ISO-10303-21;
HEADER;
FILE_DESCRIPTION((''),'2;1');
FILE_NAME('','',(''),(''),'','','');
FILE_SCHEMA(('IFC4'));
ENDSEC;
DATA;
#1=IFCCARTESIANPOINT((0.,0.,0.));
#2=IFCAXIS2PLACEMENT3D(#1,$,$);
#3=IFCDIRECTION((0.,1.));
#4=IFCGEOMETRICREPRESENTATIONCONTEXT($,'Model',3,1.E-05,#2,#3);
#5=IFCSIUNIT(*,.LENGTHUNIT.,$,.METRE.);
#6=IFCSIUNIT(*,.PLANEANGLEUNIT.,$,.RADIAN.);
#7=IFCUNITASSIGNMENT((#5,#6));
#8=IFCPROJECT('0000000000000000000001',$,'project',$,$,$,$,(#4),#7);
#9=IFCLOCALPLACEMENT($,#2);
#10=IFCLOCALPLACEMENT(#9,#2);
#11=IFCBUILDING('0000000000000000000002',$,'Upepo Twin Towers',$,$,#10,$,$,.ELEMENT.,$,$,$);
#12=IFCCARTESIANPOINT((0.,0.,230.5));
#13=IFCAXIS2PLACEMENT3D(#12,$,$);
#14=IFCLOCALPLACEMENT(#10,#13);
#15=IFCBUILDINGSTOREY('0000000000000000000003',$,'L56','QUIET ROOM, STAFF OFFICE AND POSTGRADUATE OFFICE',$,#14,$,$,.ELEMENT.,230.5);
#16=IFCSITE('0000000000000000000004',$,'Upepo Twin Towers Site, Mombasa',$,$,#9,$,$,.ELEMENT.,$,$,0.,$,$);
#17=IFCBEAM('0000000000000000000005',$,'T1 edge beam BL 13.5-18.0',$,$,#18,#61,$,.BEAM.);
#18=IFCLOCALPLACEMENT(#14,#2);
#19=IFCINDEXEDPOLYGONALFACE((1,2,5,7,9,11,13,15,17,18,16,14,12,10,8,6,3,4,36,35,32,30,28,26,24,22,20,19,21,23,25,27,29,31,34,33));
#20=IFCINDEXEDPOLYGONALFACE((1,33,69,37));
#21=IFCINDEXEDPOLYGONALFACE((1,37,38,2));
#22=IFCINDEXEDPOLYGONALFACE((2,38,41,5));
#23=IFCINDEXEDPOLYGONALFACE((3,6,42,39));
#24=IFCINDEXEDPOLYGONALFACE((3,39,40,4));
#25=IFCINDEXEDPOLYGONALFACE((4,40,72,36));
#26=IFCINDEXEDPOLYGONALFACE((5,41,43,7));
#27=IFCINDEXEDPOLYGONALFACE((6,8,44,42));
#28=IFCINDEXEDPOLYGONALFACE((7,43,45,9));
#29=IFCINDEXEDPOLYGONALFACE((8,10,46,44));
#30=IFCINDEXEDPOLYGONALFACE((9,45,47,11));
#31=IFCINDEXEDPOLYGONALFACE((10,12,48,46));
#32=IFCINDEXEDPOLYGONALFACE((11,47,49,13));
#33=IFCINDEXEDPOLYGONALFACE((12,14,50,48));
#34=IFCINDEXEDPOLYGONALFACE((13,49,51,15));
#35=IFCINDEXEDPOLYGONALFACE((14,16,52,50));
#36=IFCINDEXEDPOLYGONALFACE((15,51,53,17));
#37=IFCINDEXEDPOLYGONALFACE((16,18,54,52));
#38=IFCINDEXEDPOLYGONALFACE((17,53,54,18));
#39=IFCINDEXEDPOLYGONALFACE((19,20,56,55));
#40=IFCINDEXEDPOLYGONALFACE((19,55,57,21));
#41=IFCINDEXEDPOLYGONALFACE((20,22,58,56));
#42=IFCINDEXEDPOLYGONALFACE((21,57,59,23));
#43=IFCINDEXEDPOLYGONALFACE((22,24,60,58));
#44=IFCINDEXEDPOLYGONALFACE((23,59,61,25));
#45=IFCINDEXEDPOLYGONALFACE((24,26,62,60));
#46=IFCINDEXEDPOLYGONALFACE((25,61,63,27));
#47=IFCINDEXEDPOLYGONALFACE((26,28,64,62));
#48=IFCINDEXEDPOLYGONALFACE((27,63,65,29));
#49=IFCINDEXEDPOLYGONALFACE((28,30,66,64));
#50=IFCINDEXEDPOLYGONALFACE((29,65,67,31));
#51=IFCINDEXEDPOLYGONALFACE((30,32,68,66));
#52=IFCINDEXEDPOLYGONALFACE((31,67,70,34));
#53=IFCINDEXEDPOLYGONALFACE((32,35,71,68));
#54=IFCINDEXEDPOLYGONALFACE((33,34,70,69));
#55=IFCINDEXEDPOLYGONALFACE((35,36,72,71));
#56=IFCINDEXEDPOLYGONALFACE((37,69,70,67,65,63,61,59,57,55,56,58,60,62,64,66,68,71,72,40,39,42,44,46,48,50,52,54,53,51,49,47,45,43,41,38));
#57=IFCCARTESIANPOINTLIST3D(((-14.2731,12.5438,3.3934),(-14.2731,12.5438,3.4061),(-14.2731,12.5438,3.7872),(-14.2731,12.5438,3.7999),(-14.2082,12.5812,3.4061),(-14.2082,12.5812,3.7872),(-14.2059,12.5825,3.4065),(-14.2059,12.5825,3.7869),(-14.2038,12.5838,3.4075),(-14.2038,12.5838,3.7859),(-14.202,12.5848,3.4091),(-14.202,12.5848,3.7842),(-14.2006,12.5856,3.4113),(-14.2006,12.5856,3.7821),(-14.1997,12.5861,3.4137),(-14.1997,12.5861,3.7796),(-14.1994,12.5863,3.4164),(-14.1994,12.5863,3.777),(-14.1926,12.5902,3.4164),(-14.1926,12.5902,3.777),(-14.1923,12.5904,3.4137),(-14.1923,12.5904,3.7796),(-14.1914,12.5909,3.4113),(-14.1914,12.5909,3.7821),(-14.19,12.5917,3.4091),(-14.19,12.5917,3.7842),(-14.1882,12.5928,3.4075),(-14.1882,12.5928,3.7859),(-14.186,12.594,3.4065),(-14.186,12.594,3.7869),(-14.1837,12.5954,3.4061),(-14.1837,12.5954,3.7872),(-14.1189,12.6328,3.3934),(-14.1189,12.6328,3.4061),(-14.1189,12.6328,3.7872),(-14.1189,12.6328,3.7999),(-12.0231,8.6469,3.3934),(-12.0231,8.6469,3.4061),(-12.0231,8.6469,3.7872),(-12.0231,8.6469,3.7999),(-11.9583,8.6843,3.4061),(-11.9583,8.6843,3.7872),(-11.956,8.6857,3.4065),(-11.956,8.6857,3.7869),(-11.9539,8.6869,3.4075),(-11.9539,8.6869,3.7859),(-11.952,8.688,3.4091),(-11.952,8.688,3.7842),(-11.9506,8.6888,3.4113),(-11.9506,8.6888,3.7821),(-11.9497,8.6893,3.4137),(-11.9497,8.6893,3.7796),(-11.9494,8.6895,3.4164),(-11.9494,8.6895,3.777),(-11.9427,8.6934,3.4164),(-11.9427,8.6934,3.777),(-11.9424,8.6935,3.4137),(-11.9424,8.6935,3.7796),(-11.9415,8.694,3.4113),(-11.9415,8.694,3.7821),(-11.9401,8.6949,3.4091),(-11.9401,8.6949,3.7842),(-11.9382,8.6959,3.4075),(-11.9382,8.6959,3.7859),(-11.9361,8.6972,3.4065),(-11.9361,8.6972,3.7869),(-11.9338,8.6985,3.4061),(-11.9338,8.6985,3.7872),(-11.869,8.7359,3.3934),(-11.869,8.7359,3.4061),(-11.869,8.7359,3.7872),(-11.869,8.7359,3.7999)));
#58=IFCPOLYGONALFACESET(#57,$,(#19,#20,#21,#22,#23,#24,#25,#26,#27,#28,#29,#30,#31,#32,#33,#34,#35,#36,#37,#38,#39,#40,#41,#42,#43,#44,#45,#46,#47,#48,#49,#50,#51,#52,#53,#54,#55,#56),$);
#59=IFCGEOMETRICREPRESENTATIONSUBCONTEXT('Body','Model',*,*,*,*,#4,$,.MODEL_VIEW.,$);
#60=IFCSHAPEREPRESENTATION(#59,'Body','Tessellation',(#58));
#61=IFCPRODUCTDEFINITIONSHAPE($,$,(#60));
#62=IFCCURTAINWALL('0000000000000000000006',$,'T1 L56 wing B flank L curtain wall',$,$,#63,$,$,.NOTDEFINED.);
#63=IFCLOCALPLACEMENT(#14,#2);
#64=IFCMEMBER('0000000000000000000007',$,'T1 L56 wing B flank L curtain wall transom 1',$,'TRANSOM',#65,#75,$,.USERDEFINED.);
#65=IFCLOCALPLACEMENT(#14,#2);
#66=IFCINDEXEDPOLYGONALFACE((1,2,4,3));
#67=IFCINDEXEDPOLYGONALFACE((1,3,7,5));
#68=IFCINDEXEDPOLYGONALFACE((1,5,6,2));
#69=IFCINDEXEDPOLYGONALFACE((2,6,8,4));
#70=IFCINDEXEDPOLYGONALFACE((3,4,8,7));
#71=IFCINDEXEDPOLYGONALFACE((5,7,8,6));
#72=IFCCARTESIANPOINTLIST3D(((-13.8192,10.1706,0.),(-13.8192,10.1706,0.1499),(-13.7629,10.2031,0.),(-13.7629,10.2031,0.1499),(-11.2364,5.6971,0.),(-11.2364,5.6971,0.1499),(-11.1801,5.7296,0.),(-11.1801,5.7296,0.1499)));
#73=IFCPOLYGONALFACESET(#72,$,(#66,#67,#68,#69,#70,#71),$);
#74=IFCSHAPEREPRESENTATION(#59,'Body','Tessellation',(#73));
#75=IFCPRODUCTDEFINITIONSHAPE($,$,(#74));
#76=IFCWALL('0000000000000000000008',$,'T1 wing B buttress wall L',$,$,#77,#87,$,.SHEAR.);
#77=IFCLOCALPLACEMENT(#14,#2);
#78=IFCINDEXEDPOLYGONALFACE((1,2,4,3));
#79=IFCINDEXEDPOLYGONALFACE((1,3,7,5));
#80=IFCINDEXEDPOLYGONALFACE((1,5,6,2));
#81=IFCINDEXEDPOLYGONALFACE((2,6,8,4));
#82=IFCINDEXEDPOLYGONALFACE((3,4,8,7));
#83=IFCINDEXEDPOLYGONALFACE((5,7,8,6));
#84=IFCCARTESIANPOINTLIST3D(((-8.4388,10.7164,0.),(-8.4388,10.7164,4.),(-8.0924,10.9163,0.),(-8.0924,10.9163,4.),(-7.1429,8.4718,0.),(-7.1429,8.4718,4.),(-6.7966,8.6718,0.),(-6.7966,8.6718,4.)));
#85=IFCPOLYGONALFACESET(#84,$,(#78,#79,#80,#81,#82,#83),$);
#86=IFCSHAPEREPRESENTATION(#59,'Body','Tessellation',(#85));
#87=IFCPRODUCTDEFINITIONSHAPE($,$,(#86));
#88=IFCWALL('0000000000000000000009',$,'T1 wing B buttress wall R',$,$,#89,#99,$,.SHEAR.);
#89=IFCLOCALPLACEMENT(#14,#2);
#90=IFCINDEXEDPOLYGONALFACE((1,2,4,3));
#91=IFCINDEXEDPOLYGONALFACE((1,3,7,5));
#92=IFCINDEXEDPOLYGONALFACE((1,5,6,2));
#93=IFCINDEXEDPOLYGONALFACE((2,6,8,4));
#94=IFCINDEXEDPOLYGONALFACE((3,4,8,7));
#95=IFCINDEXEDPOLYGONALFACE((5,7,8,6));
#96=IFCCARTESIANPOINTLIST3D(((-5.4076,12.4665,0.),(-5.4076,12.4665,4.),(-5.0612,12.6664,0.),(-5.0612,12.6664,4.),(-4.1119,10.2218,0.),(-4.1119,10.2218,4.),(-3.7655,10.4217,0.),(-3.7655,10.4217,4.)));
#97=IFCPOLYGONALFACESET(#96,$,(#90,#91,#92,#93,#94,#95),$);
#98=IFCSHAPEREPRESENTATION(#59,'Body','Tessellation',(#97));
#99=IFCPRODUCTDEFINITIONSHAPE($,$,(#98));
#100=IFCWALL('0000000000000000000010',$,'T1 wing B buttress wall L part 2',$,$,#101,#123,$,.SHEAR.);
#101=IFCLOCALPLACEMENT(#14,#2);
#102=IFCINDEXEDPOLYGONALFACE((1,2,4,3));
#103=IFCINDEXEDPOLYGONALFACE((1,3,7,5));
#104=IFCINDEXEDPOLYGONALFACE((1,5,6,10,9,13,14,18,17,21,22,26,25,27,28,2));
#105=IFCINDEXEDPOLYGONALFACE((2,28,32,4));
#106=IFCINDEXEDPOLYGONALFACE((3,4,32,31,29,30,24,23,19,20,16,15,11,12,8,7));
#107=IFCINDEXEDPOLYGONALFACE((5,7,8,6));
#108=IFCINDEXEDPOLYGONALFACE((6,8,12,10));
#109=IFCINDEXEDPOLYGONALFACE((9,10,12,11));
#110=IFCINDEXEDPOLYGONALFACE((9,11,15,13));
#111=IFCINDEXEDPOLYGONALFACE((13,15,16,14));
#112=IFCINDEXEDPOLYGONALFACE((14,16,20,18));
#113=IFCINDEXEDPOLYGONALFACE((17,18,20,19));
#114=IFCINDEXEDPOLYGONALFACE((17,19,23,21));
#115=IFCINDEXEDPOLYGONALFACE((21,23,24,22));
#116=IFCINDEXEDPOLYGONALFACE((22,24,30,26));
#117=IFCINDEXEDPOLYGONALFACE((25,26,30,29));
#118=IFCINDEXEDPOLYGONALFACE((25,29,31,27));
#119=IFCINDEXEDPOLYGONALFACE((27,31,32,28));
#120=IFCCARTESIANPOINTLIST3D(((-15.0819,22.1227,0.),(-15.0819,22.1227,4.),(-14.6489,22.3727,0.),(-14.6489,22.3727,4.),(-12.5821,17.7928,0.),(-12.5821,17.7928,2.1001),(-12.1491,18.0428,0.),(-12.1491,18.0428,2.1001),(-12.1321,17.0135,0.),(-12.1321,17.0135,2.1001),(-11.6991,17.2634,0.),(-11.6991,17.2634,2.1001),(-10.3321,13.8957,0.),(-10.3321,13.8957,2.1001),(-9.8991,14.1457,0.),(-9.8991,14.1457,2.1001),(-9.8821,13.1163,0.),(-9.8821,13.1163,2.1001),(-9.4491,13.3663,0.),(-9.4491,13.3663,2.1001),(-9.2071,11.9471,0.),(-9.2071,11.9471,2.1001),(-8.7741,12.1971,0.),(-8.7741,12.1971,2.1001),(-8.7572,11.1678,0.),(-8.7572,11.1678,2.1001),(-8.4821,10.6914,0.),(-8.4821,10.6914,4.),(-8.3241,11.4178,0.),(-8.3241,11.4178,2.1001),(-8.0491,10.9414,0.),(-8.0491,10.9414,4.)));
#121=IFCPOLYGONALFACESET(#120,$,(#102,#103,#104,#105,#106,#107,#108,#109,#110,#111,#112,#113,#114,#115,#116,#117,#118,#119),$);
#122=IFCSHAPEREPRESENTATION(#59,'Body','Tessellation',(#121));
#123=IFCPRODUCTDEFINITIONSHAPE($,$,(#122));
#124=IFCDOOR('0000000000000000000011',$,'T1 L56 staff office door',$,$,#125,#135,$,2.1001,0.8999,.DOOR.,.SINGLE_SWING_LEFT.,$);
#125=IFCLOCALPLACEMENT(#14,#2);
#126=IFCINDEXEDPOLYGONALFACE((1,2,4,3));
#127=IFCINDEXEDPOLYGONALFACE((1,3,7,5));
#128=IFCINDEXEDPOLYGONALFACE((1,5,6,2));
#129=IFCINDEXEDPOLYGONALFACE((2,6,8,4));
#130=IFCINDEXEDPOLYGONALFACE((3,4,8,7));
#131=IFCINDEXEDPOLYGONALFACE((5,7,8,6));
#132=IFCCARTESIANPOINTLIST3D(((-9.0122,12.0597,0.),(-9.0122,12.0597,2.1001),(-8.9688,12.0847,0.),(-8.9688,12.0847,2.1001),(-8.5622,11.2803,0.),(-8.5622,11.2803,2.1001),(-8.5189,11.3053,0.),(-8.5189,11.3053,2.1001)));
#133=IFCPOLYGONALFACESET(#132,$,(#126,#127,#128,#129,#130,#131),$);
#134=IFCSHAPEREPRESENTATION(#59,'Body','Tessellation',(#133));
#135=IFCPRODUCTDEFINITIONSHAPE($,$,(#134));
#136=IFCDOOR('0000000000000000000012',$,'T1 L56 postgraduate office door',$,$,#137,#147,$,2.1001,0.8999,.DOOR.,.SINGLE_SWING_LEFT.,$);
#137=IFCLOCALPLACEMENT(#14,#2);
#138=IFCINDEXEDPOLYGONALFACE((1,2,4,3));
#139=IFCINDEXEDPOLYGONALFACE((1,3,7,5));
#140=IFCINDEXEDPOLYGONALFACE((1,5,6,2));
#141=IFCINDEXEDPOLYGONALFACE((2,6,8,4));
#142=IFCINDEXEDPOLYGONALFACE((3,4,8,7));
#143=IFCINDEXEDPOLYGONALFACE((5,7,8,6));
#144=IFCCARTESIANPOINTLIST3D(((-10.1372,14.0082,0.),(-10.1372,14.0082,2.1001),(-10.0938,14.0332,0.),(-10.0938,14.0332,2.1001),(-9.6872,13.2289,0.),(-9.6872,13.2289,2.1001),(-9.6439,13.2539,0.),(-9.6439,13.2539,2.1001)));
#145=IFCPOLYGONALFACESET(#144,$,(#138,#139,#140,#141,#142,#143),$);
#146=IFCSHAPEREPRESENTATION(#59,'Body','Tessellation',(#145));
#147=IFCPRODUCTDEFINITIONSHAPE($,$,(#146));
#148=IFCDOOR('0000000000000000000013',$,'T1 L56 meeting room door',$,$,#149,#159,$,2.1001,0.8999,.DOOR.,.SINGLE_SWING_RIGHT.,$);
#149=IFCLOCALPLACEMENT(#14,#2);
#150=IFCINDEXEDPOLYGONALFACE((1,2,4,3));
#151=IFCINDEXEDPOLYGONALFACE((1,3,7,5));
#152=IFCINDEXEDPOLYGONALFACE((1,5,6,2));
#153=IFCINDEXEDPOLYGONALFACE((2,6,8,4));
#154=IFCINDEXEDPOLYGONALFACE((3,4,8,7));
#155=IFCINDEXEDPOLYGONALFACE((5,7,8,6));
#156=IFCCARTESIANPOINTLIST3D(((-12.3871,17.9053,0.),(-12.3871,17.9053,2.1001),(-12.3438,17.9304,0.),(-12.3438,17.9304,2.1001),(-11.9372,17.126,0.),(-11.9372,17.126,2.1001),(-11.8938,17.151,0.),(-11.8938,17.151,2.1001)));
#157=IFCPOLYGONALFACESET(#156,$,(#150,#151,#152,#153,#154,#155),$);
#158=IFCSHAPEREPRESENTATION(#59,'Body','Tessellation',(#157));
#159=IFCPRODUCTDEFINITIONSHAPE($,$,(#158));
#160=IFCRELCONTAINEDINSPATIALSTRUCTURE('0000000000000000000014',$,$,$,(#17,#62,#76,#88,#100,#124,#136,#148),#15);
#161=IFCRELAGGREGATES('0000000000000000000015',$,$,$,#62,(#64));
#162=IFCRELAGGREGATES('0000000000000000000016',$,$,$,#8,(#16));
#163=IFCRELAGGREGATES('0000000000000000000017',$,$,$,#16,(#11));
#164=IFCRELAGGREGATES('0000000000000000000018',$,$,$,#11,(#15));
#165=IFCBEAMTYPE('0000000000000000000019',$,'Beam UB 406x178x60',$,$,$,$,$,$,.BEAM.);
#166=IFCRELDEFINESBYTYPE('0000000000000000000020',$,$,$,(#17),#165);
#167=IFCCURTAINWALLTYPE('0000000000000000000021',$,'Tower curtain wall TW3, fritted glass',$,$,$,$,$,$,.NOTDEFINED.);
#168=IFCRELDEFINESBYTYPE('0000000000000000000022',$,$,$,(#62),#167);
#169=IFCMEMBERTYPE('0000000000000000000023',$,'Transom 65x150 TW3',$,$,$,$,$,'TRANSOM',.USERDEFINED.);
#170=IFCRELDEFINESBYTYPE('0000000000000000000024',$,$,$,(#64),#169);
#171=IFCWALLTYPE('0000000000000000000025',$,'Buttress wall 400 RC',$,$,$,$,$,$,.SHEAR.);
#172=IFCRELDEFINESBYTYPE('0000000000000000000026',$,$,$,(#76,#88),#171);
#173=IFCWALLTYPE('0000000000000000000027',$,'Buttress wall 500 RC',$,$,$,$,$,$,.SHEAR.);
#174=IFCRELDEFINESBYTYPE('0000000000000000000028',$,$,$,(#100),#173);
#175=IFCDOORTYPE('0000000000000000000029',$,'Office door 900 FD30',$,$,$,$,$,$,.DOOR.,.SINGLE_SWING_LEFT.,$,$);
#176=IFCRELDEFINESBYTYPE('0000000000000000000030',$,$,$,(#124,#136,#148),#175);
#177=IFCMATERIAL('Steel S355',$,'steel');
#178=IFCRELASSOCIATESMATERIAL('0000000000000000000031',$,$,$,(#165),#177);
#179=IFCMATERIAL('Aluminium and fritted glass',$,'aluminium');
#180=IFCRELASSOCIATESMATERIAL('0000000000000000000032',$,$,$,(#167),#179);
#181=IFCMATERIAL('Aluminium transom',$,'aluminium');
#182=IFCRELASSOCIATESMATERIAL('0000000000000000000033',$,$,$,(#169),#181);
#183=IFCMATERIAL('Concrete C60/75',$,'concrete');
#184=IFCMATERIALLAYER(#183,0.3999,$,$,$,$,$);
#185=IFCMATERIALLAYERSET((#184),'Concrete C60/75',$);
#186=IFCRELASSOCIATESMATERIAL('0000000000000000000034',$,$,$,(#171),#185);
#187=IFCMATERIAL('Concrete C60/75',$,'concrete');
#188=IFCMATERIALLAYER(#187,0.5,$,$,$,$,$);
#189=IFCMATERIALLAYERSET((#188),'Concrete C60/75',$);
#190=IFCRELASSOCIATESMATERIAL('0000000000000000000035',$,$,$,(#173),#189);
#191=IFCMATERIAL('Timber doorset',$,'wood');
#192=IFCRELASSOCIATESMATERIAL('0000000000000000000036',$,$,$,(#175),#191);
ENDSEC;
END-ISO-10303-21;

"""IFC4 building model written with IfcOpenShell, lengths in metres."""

from ifc_helpers import new_model, si_unit, direction, frame, frame_2d, origin, origin_2d, place, context, subcontext, project, spatial, rectangle, i_section, extrude, material, layer, layer_set, material_profile, profile_set, type_object, element, fill, aggregate, save


model = new_model("IFC4")

# Units and contexts
model_context = context("Model", 3, precision=1e-05, world=origin(), true_north=direction((0.0, 1.0)))
body_context = subcontext(model_context, "Body", "Model", "MODEL_VIEW")
ifc_project = project(units=[si_unit("LENGTHUNIT", "METRE"), si_unit("PLANEANGLEUNIT", "RADIAN")], contexts=[model_context])

# Site, building, storey
site_placement = place(None, origin())
site = spatial("IfcSite", under=ifc_project, at=site_placement, Name="Upepo Twin Towers Site, Mombasa", CompositionType="ELEMENT", RefElevation=0.0)
building_placement = place(site_placement, origin())
building = spatial("IfcBuilding", under=site, at=building_placement, Name="Upepo Twin Towers", CompositionType="ELEMENT")
storey_placement = place(building_placement, frame((0.0, 0.0, 230.5)))
storey = spatial("IfcBuildingStorey", under=building, at=storey_placement, Name="L56", Description="QUIET ROOM, STAFF OFFICE AND POSTGRADUATE OFFICE", CompositionType="ELEMENT", Elevation=230.5)

# Beam
ifc_material_1 = material(Name="Steel S355", Category="steel")
ifc_material_profile_1 = material_profile(ifc_material_1, i_section(OverallWidth=0.178, OverallDepth=0.4065, WebThickness=0.0078, FlangeThickness=0.0127, FilletRadius=0.0103, at=origin_2d()), Name="UB 406x178x60")
ifc_profile_set_1 = profile_set([ifc_material_profile_1], Name="Steel S355")
beam_type = type_object("IfcBeamType", Name="Beam UB 406x178x60", PredefinedType="BEAM", material=ifc_profile_set_1)
beam_placement = place(storey_placement, frame((-11.946, 8.6914, 3.5967), z_axis=(-0.500014, 0.866018, 0.0), x_axis=(-0.866018, -0.500014, 0.0)))
element("IfcBeam", 1, at=beam_placement, inside=storey, type_object=beam_type, Name="T1 edge beam BL 13.5-18.0", PredefinedType="BEAM", context=body_context, shape_type="SweptSolid", body=[
    extrude(i_section(OverallWidth=0.178, OverallDepth=0.4065, WebThickness=0.0078, FlangeThickness=0.0127, FilletRadius=0.0103, at=origin_2d()), origin(), (0.0, 0.0, 1.0), 4.4998),
])

# Curtain wall, member
ifc_material_2 = material(Name="Aluminium and fritted glass", Category="aluminium")
curtain_wall_type = type_object("IfcCurtainWallType", Name="Tower curtain wall TW3, fritted glass", PredefinedType="NOTDEFINED", material=ifc_material_2)
curtain_wall_placement = place(storey_placement, origin())
curtain_wall = element("IfcCurtainWall", 2, at=curtain_wall_placement, inside=storey, type_object=curtain_wall_type, Name="T1 L56 wing B flank L curtain wall", PredefinedType="NOTDEFINED")
ifc_material_3 = material(Name="Aluminium transom", Category="aluminium")
ifc_material_profile_2 = material_profile(ifc_material_3, rectangle(XDim=0.0649, YDim=0.1499, at=origin_2d()), Name="TRANSOM 65x150")
ifc_profile_set_2 = profile_set([ifc_material_profile_2], Name="Aluminium transom")
member_type = type_object("IfcMemberType", Name="Transom 65x150 TW3", ElementType="TRANSOM", PredefinedType="USERDEFINED", material=ifc_profile_set_2)
member_placement = place(storey_placement, frame((-11.2083, 5.7134, 0.075), z_axis=(-0.500007, 0.866021, 0.0), x_axis=(-0.866021, -0.500007, 0.0)))
member = element("IfcMember", 3, at=member_placement, type_object=member_type, Name="T1 L56 wing B flank L curtain wall transom 1", ObjectType="TRANSOM", PredefinedType="USERDEFINED", context=body_context, shape_type="SweptSolid", body=[
    extrude(rectangle(XDim=0.0649, YDim=0.1499, at=origin_2d()), origin(), (0.0, 0.0, 1.0), 5.1655),
])
aggregate(curtain_wall, [member])

# Walls
ifc_material_4 = material(Name="Concrete C60/75", Category="concrete")
ifc_layer_1 = layer(ifc_material_4, 0.3999)
ifc_layer_set_1 = layer_set([ifc_layer_1], Name="Concrete C60/75")
wall_type_1 = type_object("IfcWallType", Name="Buttress wall 400 RC", PredefinedType="SHEAR", material=ifc_layer_set_1)
for number, where, z_axis, x_axis, name in (
    (4, (-6.9697, 8.5718, 0.0), (0.0, 0.0, 1.0), (-0.499989, 0.866032, 0.0), "T1 wing B buttress wall L"),
    (5, (-3.9387, 10.3218, 0.0), (0.0, 0.0, 1.0), (-0.499918, 0.866073, 0.0), "T1 wing B buttress wall R"),
):
    element("IfcWall", number, at=place(storey_placement, frame(where, z_axis=z_axis, x_axis=x_axis)), inside=storey, type_object=wall_type_1, Name=name, PredefinedType="SHEAR", context=body_context, shape_type="SweptSolid", body=[
        extrude(rectangle(XDim=2.5918, YDim=0.3999, at=frame_2d((1.2959, 0.0))), origin(), (0.0, 0.0, 1.0), 4.0),
    ])

# Wall, openings, doors
ifc_material_5 = material(Name="Concrete C60/75", Category="concrete")
ifc_layer_2 = layer(ifc_material_5, 0.5)
ifc_layer_set_2 = layer_set([ifc_layer_2], Name="Concrete C60/75")
wall_type_2 = type_object("IfcWallType", Name="Buttress wall 500 RC", PredefinedType="SHEAR", material=ifc_layer_set_2)
wall_1_placement = place(storey_placement, frame((-8.2656, 10.8164, 0.0), z_axis=(0.0, 0.0, 1.0), x_axis=(-0.499996, 0.866028, 0.0)))
wall_1 = element("IfcWall", 6, at=wall_1_placement, inside=storey, type_object=wall_type_2, Name="T1 wing B buttress wall L part 2", PredefinedType="SHEAR", context=body_context, shape_type="SweptSolid", body=[
    extrude(rectangle(XDim=13.1997, YDim=0.5, at=frame_2d((6.5999, 0.0))), origin(), (0.0, 0.0, 1.0), 4.0),
])
opening_1_placement = place(wall_1_placement, frame((0.55, 0.0, 0.0)))
opening_1 = element("IfcOpeningElement", 7, at=opening_1_placement, cuts=wall_1, PredefinedType="OPENING", context=body_context, shape_type="SweptSolid", body=[
    extrude(rectangle(XDim=0.8999, YDim=2.1001, at=frame_2d((0.45, 1.05))), frame((0.0, 0.26, 0.0), z_axis=(0.0, -1.0, 0.0), x_axis=(1.0, 0.0, 0.0)), (0.0, 0.0, 1.0), 0.52),
])
opening_2_placement = place(wall_1_placement, frame((2.8, 0.0, 0.0)))
opening_2 = element("IfcOpeningElement", 8, at=opening_2_placement, cuts=wall_1, PredefinedType="OPENING", context=body_context, shape_type="SweptSolid", body=[
    extrude(rectangle(XDim=0.8999, YDim=2.1001, at=frame_2d((0.45, 1.05))), frame((0.0, 0.26, 0.0), z_axis=(0.0, -1.0, 0.0), x_axis=(1.0, 0.0, 0.0)), (0.0, 0.0, 1.0), 0.52),
])
opening_3_placement = place(wall_1_placement, frame((7.3, 0.0, 0.0)))
opening_3 = element("IfcOpeningElement", 9, at=opening_3_placement, cuts=wall_1, PredefinedType="OPENING", context=body_context, shape_type="SweptSolid", body=[
    extrude(rectangle(XDim=0.8999, YDim=2.1001, at=frame_2d((0.45, 1.05))), frame((0.0, 0.26, 0.0), z_axis=(0.0, -1.0, 0.0), x_axis=(1.0, 0.0, 0.0)), (0.0, 0.0, 1.0), 0.52),
])
ifc_material_6 = material(Name="Timber doorset", Category="wood")
door_type_1 = type_object("IfcDoorType", Name="Office door 900 FD30", OperationType="SINGLE_SWING_LEFT", PredefinedType="DOOR", material=ifc_material_6)
door_1_placement = place(opening_1_placement, origin())
door_1 = element("IfcDoor", 10, at=door_1_placement, inside=storey, type_object=door_type_1, Name="T1 L56 staff office door", OperationType="SINGLE_SWING_LEFT", OverallHeight=2.1001, OverallWidth=0.8999, PredefinedType="DOOR", context=body_context, shape_type="SweptSolid", body=[
    extrude(rectangle(XDim=0.8999, YDim=2.1001, at=frame_2d((0.45, 1.05))), frame((0.0, 0.0249, 0.0), z_axis=(0.0, -1.0, 0.0), x_axis=(1.0, 0.0, 0.0)), (0.0, 0.0, 1.0), 0.05),
])
fill(opening_1, door_1)
door_2_placement = place(opening_2_placement, origin())
door_2 = element("IfcDoor", 11, at=door_2_placement, inside=storey, type_object=door_type_1, Name="T1 L56 postgraduate office door", OperationType="SINGLE_SWING_LEFT", OverallHeight=2.1001, OverallWidth=0.8999, PredefinedType="DOOR", context=body_context, shape_type="SweptSolid", body=[
    extrude(rectangle(XDim=0.8999, YDim=2.1001, at=frame_2d((0.45, 1.05))), frame((0.0, 0.0249, 0.0), z_axis=(0.0, -1.0, 0.0), x_axis=(1.0, 0.0, 0.0)), (0.0, 0.0, 1.0), 0.05),
])
fill(opening_2, door_2)
door_3_placement = place(opening_3_placement, origin())
door_3 = element("IfcDoor", 12, at=door_3_placement, inside=storey, type_object=door_type_1, Name="T1 L56 meeting room door", OperationType="SINGLE_SWING_RIGHT", OverallHeight=2.1001, OverallWidth=0.8999, PredefinedType="DOOR", context=body_context, shape_type="SweptSolid", body=[
    extrude(rectangle(XDim=0.8999, YDim=2.1001, at=frame_2d((0.45, 1.05))), frame((0.0, 0.0249, 0.0), z_axis=(0.0, -1.0, 0.0), x_axis=(1.0, 0.0, 0.0)), (0.0, 0.0, 1.0), 0.05),
])
fill(opening_3, door_3)

save(model, "model.ifc")
